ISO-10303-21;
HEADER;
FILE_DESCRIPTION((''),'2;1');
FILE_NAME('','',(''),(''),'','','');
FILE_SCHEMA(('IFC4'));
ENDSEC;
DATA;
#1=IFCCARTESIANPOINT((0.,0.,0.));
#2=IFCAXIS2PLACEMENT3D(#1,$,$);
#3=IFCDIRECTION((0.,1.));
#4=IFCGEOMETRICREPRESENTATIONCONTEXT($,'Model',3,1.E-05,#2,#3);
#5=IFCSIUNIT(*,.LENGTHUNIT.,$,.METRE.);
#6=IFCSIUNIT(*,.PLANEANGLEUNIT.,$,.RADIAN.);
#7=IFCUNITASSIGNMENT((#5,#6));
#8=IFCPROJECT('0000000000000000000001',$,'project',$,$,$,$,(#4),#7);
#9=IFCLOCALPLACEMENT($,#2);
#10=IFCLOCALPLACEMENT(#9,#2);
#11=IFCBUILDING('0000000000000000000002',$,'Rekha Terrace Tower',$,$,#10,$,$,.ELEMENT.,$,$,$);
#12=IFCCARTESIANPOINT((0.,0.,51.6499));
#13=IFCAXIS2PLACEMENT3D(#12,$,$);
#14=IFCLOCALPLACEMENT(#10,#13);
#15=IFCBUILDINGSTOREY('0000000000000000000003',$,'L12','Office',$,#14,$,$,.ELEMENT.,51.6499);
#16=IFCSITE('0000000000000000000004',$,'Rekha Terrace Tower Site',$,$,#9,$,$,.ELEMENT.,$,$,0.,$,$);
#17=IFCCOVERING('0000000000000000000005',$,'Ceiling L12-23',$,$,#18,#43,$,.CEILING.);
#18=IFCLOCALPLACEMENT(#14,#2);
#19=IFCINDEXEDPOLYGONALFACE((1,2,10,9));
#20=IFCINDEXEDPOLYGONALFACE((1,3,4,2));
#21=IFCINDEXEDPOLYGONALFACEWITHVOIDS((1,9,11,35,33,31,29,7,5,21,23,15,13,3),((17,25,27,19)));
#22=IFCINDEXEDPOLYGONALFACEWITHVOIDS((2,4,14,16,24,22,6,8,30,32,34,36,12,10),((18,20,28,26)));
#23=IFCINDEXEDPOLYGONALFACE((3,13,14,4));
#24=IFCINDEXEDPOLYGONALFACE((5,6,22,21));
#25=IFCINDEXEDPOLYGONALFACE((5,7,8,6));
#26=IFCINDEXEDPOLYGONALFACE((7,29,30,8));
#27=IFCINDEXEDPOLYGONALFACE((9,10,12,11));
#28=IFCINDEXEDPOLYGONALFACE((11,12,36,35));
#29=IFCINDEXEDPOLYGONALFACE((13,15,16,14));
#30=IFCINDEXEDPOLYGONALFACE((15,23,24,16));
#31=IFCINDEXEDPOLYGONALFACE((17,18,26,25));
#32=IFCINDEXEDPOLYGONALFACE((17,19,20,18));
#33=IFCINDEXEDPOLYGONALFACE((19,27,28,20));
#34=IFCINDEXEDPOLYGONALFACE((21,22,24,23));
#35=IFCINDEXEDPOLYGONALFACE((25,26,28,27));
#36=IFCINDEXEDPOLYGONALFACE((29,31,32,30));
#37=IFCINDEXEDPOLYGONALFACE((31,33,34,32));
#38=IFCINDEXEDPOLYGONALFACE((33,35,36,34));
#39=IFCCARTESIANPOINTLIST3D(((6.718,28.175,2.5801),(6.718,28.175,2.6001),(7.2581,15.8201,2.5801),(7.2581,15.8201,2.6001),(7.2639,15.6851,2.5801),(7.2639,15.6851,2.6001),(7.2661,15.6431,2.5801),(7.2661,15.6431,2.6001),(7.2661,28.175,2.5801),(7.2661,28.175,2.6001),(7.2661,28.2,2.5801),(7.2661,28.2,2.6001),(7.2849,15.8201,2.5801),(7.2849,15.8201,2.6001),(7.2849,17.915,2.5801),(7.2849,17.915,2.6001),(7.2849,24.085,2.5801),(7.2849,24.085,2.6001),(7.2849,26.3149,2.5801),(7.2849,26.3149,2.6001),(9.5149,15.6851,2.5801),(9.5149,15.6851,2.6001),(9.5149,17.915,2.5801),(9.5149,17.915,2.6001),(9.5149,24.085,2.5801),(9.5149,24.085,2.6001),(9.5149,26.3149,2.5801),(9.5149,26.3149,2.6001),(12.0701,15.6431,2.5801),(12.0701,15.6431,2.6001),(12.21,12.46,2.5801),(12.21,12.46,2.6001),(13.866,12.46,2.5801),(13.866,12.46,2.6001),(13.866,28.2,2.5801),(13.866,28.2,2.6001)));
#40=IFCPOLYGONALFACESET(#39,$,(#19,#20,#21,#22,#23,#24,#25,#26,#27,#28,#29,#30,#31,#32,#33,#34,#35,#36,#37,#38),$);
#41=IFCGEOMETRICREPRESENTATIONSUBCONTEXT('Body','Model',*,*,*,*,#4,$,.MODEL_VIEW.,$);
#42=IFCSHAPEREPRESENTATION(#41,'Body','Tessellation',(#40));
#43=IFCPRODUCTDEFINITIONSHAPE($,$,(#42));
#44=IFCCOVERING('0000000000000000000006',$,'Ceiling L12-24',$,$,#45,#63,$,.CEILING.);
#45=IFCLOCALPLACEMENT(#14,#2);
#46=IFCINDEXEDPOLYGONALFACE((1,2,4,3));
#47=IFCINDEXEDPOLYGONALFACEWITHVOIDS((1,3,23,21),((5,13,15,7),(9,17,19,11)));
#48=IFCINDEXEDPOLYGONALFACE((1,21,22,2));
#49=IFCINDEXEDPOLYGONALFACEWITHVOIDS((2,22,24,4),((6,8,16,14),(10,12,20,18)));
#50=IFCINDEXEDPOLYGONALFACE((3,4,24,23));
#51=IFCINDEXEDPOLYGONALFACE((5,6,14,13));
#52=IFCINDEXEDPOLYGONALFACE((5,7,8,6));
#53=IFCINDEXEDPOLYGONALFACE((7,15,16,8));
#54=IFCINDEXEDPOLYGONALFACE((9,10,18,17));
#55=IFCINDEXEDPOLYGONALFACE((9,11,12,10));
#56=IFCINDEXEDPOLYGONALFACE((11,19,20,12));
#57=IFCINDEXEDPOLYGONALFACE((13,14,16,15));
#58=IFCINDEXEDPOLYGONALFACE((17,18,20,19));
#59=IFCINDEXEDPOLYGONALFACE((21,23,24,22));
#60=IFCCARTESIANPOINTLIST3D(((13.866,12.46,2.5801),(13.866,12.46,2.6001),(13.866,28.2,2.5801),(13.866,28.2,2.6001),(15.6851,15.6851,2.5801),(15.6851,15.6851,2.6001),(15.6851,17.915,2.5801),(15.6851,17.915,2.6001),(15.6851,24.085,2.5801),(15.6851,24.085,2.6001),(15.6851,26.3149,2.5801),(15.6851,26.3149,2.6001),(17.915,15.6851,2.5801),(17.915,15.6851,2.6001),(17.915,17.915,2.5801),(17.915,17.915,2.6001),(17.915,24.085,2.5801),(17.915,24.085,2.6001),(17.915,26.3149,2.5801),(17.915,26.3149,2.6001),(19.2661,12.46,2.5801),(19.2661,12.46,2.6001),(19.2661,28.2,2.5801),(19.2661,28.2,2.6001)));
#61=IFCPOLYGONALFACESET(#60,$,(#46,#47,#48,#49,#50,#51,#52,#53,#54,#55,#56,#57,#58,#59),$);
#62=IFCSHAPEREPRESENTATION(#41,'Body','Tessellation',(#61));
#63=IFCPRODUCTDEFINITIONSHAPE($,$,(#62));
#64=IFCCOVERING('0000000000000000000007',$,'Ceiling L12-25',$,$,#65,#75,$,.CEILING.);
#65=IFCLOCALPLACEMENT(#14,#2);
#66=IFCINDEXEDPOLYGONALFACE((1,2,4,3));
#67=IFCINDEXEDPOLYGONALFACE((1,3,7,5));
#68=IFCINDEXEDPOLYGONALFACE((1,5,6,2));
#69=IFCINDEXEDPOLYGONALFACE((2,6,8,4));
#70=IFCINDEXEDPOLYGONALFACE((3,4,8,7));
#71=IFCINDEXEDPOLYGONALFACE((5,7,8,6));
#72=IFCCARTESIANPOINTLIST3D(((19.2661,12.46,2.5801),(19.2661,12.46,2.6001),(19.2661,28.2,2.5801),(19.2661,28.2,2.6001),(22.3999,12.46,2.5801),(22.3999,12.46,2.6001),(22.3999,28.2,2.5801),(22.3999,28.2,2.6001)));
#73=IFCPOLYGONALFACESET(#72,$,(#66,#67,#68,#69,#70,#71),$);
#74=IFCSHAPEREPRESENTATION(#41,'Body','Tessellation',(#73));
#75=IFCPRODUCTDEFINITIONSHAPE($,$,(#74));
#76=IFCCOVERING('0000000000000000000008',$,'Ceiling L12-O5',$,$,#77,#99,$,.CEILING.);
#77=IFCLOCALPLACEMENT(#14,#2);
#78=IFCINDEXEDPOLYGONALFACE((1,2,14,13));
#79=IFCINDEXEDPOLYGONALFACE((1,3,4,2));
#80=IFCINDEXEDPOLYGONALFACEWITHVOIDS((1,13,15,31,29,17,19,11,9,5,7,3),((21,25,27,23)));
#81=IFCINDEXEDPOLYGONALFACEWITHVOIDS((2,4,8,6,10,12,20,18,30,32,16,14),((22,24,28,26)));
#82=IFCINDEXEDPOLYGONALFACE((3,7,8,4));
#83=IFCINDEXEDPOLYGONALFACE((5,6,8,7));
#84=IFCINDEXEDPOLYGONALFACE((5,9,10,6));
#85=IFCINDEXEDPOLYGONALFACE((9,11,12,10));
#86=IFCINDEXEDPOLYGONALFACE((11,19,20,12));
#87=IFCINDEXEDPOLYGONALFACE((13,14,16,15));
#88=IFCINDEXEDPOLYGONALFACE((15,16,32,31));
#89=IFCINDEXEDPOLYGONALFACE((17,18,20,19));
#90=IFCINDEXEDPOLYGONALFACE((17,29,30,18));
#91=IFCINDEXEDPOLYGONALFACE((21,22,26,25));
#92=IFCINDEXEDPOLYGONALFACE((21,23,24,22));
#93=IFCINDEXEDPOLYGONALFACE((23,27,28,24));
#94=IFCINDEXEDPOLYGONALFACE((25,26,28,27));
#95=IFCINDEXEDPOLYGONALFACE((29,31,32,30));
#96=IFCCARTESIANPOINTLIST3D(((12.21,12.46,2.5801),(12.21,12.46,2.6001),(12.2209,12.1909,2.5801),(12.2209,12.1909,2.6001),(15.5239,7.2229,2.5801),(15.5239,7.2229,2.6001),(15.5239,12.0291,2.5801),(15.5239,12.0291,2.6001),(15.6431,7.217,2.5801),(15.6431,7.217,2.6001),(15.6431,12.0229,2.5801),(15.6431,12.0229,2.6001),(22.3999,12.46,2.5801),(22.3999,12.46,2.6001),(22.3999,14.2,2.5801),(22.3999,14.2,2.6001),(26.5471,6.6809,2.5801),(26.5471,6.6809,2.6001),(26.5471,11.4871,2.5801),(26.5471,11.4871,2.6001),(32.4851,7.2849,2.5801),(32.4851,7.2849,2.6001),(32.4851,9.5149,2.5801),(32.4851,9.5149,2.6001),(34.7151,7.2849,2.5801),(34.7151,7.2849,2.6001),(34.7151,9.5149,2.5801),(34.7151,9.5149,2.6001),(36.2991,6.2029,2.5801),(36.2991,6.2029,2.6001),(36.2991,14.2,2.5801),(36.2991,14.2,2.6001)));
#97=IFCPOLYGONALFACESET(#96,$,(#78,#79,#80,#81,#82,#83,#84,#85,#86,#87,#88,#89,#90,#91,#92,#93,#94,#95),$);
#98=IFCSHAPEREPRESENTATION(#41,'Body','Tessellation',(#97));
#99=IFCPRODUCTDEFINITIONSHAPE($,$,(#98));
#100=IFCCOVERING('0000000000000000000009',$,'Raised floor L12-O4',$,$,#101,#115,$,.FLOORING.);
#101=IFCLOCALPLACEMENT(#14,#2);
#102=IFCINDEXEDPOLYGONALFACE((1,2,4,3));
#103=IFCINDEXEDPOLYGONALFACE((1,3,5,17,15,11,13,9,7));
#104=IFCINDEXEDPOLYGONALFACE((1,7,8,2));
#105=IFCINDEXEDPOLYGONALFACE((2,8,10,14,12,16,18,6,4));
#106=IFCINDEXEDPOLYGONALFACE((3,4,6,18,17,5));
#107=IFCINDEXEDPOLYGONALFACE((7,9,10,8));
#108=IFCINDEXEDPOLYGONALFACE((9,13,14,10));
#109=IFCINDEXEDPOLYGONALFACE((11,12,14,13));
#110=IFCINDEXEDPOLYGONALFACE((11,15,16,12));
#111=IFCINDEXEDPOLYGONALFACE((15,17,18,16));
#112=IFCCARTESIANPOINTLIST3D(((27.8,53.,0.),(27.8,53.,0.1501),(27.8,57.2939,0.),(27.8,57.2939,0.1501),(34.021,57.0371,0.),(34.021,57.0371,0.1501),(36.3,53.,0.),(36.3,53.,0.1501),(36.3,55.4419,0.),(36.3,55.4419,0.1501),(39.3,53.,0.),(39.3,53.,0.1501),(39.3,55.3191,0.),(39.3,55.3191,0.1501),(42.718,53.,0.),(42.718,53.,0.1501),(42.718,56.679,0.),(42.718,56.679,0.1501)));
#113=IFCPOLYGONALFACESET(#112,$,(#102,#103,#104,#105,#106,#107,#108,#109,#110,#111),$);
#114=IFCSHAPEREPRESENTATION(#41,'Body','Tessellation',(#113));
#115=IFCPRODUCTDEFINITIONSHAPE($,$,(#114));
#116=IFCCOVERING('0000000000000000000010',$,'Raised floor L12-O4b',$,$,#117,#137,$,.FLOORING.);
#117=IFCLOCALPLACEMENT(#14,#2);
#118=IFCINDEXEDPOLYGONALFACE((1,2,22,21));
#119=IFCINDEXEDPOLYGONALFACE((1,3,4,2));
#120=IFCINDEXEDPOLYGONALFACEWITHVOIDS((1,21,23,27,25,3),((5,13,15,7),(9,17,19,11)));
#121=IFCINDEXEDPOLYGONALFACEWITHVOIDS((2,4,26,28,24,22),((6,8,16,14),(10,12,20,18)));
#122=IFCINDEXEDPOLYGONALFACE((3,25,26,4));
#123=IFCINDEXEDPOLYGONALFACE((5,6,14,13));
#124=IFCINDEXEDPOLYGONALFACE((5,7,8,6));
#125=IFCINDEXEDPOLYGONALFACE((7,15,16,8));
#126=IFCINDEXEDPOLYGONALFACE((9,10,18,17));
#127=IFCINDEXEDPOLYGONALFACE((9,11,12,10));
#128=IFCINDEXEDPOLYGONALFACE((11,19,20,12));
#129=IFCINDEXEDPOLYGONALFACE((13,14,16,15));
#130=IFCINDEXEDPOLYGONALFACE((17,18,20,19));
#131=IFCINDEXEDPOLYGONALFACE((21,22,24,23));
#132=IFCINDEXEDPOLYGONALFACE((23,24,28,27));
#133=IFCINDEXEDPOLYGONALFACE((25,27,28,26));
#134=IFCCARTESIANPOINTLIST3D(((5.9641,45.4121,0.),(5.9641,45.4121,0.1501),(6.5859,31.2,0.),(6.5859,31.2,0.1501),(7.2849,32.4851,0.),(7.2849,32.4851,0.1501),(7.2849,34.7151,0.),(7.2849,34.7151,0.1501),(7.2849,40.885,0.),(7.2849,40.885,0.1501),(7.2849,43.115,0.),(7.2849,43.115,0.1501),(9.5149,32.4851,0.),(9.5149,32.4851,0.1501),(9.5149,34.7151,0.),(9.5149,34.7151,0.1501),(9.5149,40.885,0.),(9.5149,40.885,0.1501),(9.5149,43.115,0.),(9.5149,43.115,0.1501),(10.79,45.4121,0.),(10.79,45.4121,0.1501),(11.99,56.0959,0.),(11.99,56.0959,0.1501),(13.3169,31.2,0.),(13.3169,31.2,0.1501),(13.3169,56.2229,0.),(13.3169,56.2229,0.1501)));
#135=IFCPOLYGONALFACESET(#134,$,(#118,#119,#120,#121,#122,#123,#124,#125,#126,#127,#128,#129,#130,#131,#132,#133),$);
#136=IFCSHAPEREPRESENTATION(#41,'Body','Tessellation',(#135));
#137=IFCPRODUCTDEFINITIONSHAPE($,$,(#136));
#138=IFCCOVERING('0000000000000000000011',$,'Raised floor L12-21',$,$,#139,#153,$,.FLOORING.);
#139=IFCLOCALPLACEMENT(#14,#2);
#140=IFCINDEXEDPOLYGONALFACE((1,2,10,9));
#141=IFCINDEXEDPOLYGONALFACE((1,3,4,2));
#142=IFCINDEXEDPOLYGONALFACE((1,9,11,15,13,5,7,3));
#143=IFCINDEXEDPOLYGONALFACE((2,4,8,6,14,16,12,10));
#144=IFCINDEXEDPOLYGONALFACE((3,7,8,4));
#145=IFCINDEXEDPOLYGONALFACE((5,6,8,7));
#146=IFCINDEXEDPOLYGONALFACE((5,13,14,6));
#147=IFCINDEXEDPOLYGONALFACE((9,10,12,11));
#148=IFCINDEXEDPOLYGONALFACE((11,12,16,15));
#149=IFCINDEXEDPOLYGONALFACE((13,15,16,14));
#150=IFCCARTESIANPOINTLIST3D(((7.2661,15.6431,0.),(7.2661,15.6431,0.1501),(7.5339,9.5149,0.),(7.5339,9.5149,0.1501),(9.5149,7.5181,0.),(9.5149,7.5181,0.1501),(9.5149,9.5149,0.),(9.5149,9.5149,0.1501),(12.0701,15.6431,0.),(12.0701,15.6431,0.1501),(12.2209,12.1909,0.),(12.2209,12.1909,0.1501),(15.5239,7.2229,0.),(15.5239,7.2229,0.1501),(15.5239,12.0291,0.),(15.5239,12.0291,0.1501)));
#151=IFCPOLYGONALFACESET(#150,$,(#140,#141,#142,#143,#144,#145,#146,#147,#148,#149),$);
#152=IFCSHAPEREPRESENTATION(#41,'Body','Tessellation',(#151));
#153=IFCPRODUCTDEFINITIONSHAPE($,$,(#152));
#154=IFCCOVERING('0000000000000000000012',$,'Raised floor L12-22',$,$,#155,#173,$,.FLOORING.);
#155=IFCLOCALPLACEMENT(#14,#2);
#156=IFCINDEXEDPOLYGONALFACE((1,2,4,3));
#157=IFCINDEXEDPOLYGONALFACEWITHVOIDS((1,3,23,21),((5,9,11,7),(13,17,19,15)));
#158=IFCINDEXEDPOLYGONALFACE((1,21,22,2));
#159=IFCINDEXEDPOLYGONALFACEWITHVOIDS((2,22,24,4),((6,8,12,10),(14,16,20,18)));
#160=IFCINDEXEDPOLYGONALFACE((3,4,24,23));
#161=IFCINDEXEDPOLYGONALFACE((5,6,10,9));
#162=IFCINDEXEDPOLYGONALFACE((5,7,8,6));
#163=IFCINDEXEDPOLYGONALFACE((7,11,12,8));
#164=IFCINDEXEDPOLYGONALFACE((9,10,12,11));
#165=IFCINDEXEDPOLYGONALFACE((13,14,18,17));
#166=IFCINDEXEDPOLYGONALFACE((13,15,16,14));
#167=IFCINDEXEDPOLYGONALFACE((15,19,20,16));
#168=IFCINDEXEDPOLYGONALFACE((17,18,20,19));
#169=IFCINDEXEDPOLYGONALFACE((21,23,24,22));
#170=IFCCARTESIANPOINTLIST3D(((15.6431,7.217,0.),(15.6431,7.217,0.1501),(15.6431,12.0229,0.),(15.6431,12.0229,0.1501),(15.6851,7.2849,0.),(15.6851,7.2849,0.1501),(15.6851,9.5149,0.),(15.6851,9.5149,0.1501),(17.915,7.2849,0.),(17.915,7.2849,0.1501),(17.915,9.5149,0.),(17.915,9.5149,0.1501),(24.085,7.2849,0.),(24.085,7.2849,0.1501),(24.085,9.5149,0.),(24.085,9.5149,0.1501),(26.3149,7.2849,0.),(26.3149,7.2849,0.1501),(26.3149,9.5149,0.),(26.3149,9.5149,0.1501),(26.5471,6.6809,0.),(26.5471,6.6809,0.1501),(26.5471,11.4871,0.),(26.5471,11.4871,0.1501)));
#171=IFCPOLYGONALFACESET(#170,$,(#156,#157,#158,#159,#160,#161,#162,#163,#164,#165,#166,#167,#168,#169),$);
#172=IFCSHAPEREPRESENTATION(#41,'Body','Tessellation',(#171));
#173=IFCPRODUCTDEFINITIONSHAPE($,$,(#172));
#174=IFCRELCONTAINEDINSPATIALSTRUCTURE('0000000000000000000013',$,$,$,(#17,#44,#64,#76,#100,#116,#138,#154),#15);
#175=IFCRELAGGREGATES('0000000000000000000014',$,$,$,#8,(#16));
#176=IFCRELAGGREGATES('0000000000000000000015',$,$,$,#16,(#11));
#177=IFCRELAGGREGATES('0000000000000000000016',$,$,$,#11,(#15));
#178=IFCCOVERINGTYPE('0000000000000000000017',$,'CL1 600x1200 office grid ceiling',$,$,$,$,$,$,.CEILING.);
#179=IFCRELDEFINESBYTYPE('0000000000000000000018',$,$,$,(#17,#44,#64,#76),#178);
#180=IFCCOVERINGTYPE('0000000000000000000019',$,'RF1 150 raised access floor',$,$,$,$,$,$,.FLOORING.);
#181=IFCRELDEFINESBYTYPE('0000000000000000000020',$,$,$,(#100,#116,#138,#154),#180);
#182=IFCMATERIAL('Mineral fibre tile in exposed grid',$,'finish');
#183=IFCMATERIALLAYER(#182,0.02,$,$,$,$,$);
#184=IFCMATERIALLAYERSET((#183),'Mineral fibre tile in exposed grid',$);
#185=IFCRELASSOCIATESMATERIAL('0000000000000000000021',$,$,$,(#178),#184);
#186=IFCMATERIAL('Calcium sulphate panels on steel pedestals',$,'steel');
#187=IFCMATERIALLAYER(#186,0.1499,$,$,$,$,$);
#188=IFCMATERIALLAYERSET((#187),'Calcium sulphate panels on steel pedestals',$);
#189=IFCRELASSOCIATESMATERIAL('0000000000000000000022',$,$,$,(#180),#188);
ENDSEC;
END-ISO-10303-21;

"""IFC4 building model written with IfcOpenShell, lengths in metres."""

from ifc_helpers import new_model, si_unit, direction, frame, origin, place, context, subcontext, project, spatial, polyline, outline, extrude, material, layer, layer_set, type_object, element, save


model = new_model("IFC4")

# Units and contexts
model_context = context("Model", 3, precision=1e-05, world=origin(), true_north=direction((0.0, 1.0)))
body_context = subcontext(model_context, "Body", "Model", "MODEL_VIEW")
ifc_project = project(units=[si_unit("LENGTHUNIT", "METRE"), si_unit("PLANEANGLEUNIT", "RADIAN")], contexts=[model_context])

# Site, building, storey
site_placement = place(None, origin())
site = spatial("IfcSite", under=ifc_project, at=site_placement, Name="Rekha Terrace Tower Site", CompositionType="ELEMENT", RefElevation=0.0)
building_placement = place(site_placement, origin())
building = spatial("IfcBuilding", under=site, at=building_placement, Name="Rekha Terrace Tower", CompositionType="ELEMENT")
storey_placement = place(building_placement, frame((0.0, 0.0, 51.6499)))
storey = spatial("IfcBuildingStorey", under=building, at=storey_placement, Name="L12", Description="Office", CompositionType="ELEMENT", Elevation=51.6499)

# Coverings
ifc_material_1 = material(Name="Mineral fibre tile in exposed grid", Category="finish")
ifc_layer_1 = layer(ifc_material_1, 0.02)
ifc_layer_set_1 = layer_set([ifc_layer_1], Name="Mineral fibre tile in exposed grid")
covering_type_1 = type_object("IfcCoveringType", Name="CL1 600x1200 office grid ceiling", PredefinedType="CEILING", material=ifc_layer_set_1)
covering_1_placement = place(storey_placement, frame((0.0, 0.0, 2.5801)))
element("IfcCovering", 1, at=covering_1_placement, inside=storey, type_object=covering_type_1, Name="Ceiling L12-23", PredefinedType="CEILING", context=body_context, shape_type="SweptSolid", body=[
    extrude(outline(polyline([(7.2581, 15.8201), (7.2849, 15.8201), (7.2849, 17.915), (9.5149, 17.915), (9.5149, 15.6851), (7.2639, 15.6851), (7.2661, 15.6431), (12.0701, 15.6431), (12.21, 12.46), (13.866, 12.46), (13.866, 28.2), (7.2661, 28.2), (7.2661, 28.175), (6.718, 28.175), (7.2581, 15.8201)]), holes=[polyline([(9.5149, 24.085), (7.2849, 24.085), (7.2849, 26.3149), (9.5149, 26.3149), (9.5149, 24.085)])]), origin(), (0.0, 0.0, 1.0), 0.02),
])
covering_2_placement = place(storey_placement, frame((0.0, 0.0, 2.5801)))
element("IfcCovering", 2, at=covering_2_placement, inside=storey, type_object=covering_type_1, Name="Ceiling L12-24", PredefinedType="CEILING", context=body_context, shape_type="SweptSolid", body=[
    extrude(outline(polyline([(13.866, 12.46), (19.2661, 12.46), (19.2661, 28.2), (13.866, 28.2), (13.866, 12.46)]), holes=[polyline([(17.915, 15.6851), (15.6851, 15.6851), (15.6851, 17.915), (17.915, 17.915), (17.915, 15.6851)]), polyline([(17.915, 24.085), (15.6851, 24.085), (15.6851, 26.3149), (17.915, 26.3149), (17.915, 24.085)])]), origin(), (0.0, 0.0, 1.0), 0.02),
])
covering_3_placement = place(storey_placement, frame((0.0, 0.0, 2.5801)))
element("IfcCovering", 3, at=covering_3_placement, inside=storey, type_object=covering_type_1, Name="Ceiling L12-25", PredefinedType="CEILING", context=body_context, shape_type="SweptSolid", body=[
    extrude(outline(polyline([(19.2661, 12.46), (22.3999, 12.46), (22.3999, 28.2), (19.2661, 28.2), (19.2661, 12.46)])), origin(), (0.0, 0.0, 1.0), 0.02),
])
covering_4_placement = place(storey_placement, frame((0.0, 0.0, 2.5801)))
element("IfcCovering", 4, at=covering_4_placement, inside=storey, type_object=covering_type_1, Name="Ceiling L12-O5", PredefinedType="CEILING", context=body_context, shape_type="SweptSolid", body=[
    extrude(outline(polyline([(22.3999, 12.46), (12.21, 12.46), (12.2209, 12.1909), (15.5239, 12.0291), (15.5239, 7.2229), (15.6431, 7.217), (15.6431, 12.0229), (26.5471, 11.4871), (26.5471, 6.6809), (36.2991, 6.2029), (36.2991, 14.2), (22.3999, 14.2), (22.3999, 12.46)]), holes=[polyline([(34.7151, 7.2849), (32.4851, 7.2849), (32.4851, 9.5149), (34.7151, 9.5149), (34.7151, 7.2849)])]), origin(), (0.0, 0.0, 1.0), 0.02),
])
ifc_material_2 = material(Name="Calcium sulphate panels on steel pedestals", Category="steel")
ifc_layer_2 = layer(ifc_material_2, 0.1499)
ifc_layer_set_2 = layer_set([ifc_layer_2], Name="Calcium sulphate panels on steel pedestals")
covering_type_2 = type_object("IfcCoveringType", Name="RF1 150 raised access floor", PredefinedType="FLOORING", material=ifc_layer_set_2)
covering_5_placement = place(storey_placement, origin())
element("IfcCovering", 5, at=covering_5_placement, inside=storey, type_object=covering_type_2, Name="Raised floor L12-O4", PredefinedType="FLOORING", context=body_context, shape_type="SweptSolid", body=[
    extrude(outline(polyline([(42.718, 56.679), (34.021, 57.0371), (27.8, 57.2939), (27.8, 53.0), (36.3, 53.0), (36.3, 55.4419), (39.3, 55.3191), (39.3, 53.0), (42.718, 53.0), (42.718, 56.679)])), origin(), (0.0, 0.0, 1.0), 0.1501),
])
covering_6_placement = place(storey_placement, origin())
element("IfcCovering", 6, at=covering_6_placement, inside=storey, type_object=covering_type_2, Name="Raised floor L12-O4b", PredefinedType="FLOORING", context=body_context, shape_type="SweptSolid", body=[
    extrude(outline(polyline([(13.3169, 56.2229), (11.99, 56.0959), (10.79, 45.4121), (5.9641, 45.4121), (6.5859, 31.2), (13.3169, 31.2), (13.3169, 56.2229)]), holes=[polyline([(9.5149, 32.4851), (7.2849, 32.4851), (7.2849, 34.7151), (9.5149, 34.7151), (9.5149, 32.4851)]), polyline([(9.5149, 40.885), (7.2849, 40.885), (7.2849, 43.115), (9.5149, 43.115), (9.5149, 40.885)])]), origin(), (0.0, 0.0, 1.0), 0.1501),
])
covering_7_placement = place(storey_placement, origin())
element("IfcCovering", 7, at=covering_7_placement, inside=storey, type_object=covering_type_2, Name="Raised floor L12-21", PredefinedType="FLOORING", context=body_context, shape_type="SweptSolid", body=[
    extrude(outline(polyline([(12.2209, 12.1909), (12.0701, 15.6431), (7.2661, 15.6431), (7.5339, 9.5149), (9.5149, 9.5149), (9.5149, 7.5181), (15.5239, 7.2229), (15.5239, 12.0291), (12.2209, 12.1909)])), origin(), (0.0, 0.0, 1.0), 0.1501),
])
covering_8_placement = place(storey_placement, origin())
element("IfcCovering", 8, at=covering_8_placement, inside=storey, type_object=covering_type_2, Name="Raised floor L12-22", PredefinedType="FLOORING", context=body_context, shape_type="SweptSolid", body=[
    extrude(outline(polyline([(26.5471, 6.6809), (26.5471, 11.4871), (15.6431, 12.0229), (15.6431, 7.217), (26.5471, 6.6809)]), holes=[polyline([(26.3149, 9.5149), (26.3149, 7.2849), (24.085, 7.2849), (24.085, 9.5149), (26.3149, 9.5149)]), polyline([(17.915, 7.2849), (15.6851, 7.2849), (15.6851, 9.5149), (17.915, 9.5149), (17.915, 7.2849)])]), origin(), (0.0, 0.0, 1.0), 0.1501),
])

save(model, "model.ifc")
